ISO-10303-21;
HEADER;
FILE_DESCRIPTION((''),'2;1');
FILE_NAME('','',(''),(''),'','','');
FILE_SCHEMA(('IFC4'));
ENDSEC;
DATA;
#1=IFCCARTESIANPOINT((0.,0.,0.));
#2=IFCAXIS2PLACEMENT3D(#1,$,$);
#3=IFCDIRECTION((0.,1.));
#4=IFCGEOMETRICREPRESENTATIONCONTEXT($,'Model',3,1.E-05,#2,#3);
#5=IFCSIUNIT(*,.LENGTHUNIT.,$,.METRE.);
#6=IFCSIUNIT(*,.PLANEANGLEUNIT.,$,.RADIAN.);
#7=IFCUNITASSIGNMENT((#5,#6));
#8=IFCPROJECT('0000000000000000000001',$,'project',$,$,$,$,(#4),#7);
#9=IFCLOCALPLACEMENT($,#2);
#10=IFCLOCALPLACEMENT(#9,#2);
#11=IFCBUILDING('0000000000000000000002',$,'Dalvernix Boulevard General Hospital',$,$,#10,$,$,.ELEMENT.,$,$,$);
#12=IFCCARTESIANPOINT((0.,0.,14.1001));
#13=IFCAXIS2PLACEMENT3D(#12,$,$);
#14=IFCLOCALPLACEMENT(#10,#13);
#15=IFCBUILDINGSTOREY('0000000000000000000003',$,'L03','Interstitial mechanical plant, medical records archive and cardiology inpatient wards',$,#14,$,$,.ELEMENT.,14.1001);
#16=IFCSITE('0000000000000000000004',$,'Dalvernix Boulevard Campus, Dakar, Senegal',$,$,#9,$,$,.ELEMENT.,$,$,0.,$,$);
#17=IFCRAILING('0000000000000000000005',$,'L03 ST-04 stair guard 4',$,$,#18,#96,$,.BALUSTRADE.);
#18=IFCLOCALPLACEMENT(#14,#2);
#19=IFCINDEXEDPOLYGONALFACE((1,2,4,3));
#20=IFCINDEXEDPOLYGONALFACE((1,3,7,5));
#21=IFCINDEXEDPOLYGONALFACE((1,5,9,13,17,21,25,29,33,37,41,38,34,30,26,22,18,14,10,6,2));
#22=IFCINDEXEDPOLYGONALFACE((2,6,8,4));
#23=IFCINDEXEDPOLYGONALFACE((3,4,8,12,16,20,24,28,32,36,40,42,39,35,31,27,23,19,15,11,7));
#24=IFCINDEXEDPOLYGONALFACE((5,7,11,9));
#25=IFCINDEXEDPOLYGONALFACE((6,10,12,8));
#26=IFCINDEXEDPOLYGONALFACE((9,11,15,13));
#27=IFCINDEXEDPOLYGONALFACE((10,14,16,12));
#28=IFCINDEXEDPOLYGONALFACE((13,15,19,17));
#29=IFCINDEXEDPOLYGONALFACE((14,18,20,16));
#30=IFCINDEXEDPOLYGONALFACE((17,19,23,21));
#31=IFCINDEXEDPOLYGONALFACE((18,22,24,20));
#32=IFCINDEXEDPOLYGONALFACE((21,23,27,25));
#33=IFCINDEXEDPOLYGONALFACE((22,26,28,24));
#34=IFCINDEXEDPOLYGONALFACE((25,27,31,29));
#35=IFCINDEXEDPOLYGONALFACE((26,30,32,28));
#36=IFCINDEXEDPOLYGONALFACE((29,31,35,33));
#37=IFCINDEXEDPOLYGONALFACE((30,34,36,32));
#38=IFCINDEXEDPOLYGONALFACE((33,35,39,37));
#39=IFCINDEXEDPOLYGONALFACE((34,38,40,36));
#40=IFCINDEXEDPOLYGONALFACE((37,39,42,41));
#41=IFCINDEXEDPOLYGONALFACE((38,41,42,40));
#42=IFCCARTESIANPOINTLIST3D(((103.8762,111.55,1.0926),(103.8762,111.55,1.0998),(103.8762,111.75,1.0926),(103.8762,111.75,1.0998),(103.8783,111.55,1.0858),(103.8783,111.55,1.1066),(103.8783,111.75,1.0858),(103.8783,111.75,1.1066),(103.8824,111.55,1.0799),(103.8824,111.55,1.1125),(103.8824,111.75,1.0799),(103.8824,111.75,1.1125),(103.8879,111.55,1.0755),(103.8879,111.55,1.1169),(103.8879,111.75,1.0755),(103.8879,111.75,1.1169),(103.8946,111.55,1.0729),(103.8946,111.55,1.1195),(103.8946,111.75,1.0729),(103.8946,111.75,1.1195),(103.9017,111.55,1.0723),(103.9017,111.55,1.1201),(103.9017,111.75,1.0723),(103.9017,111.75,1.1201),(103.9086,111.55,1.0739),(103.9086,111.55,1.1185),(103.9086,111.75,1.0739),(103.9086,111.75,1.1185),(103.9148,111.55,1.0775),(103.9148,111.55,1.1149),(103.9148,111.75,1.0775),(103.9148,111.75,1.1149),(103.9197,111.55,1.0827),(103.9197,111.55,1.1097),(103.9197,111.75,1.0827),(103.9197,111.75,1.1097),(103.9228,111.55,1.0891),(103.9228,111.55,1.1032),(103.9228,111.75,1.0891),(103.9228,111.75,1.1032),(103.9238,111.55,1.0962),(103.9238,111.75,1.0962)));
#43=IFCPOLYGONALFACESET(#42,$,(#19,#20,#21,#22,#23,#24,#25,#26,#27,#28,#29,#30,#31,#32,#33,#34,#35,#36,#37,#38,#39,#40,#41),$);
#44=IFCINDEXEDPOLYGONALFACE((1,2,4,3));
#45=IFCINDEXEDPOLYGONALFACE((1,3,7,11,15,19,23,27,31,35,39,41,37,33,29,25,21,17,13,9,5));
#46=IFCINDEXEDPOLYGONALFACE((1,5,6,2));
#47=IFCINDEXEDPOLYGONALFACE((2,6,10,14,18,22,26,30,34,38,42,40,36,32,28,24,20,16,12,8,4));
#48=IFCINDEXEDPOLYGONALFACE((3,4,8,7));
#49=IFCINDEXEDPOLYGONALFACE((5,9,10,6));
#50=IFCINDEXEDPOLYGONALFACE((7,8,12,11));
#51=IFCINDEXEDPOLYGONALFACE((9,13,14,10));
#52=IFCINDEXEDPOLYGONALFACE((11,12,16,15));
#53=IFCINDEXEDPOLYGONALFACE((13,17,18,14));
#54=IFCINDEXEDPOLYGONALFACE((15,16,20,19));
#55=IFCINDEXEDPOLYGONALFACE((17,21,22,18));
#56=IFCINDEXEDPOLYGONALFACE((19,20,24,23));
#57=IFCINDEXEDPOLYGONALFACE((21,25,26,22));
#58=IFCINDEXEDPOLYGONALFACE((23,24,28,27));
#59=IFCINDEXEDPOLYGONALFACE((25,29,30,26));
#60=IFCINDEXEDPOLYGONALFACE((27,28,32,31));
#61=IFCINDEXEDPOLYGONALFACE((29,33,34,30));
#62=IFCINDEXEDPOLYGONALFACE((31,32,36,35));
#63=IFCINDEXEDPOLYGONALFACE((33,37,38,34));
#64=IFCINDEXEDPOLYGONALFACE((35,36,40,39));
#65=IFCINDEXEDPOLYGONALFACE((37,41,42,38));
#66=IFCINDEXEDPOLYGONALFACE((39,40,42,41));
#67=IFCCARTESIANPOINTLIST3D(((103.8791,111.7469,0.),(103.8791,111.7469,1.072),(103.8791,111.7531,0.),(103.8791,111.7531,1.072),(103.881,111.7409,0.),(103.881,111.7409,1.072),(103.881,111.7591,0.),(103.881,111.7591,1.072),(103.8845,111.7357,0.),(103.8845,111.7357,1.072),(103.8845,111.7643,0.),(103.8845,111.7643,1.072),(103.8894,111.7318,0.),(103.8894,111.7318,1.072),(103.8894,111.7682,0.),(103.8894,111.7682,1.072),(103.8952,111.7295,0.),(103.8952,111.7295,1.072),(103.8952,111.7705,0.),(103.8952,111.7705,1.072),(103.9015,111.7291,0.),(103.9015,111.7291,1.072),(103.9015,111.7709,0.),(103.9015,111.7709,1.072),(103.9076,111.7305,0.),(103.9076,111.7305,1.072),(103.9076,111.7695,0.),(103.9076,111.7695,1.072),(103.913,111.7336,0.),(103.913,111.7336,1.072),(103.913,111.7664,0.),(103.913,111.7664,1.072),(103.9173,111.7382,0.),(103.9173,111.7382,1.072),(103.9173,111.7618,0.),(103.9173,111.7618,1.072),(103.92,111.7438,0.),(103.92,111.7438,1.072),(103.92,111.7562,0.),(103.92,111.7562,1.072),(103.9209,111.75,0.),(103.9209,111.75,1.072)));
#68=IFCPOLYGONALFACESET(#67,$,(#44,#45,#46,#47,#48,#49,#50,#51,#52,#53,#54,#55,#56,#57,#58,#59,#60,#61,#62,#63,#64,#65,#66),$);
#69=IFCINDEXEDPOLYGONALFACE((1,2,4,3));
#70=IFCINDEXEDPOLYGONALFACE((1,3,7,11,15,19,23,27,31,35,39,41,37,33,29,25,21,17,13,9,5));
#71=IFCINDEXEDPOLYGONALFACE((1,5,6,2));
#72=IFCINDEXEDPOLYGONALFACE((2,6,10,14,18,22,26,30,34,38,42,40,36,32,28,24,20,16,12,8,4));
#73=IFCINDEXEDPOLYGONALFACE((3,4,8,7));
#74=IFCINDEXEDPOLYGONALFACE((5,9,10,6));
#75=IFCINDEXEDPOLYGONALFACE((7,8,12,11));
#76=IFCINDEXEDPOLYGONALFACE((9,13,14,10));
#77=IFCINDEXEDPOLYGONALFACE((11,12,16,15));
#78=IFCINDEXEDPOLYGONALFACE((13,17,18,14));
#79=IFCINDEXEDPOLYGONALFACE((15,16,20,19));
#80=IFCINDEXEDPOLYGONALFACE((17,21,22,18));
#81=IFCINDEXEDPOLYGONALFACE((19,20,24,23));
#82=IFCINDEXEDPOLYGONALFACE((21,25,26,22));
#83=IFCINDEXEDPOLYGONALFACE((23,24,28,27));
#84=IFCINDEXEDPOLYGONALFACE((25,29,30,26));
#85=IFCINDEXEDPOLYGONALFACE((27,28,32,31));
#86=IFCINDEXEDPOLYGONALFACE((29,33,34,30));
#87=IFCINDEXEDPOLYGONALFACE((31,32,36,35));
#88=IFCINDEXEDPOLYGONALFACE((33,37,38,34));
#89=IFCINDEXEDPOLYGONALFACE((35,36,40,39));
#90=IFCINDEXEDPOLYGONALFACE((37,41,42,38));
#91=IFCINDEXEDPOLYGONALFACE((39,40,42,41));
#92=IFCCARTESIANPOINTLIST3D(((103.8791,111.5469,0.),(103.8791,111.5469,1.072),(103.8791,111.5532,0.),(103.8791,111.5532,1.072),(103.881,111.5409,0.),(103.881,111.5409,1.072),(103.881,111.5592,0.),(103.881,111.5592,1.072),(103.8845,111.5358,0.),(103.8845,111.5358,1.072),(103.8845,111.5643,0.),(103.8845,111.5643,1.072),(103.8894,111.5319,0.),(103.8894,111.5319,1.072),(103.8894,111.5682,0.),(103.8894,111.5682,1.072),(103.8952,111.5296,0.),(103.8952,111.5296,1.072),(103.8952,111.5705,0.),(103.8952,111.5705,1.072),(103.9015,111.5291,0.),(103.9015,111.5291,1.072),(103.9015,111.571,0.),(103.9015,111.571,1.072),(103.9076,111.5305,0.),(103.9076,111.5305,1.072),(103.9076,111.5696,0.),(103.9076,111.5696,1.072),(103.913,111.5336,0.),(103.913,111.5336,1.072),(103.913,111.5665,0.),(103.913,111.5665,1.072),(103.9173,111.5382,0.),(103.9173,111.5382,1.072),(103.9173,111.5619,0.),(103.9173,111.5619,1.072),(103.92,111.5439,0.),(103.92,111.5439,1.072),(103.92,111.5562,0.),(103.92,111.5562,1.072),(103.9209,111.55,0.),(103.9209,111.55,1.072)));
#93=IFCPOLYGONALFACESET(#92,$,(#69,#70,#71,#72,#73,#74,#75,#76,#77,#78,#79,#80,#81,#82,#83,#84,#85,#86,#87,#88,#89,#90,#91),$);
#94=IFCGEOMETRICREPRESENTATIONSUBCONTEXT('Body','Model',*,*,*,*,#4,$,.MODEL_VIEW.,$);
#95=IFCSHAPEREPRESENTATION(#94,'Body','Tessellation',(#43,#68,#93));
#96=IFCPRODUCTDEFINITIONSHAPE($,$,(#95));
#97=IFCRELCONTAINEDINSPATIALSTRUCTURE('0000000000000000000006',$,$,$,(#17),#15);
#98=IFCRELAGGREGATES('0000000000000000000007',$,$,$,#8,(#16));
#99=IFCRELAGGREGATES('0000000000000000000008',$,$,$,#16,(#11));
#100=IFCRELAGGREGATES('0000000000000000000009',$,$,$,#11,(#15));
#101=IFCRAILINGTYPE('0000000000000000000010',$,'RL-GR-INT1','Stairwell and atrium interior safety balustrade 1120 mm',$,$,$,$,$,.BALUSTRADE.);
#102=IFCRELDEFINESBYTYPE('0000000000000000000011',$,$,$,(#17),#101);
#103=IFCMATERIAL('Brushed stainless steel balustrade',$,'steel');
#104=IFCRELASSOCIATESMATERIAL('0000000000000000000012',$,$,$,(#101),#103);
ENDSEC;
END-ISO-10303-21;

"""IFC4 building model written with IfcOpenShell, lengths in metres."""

from ifc_helpers import new_model, si_unit, direction, frame, origin, origin_2d, place, context, subcontext, project, spatial, circle, extrude, material, type_object, element, save


model = new_model("IFC4")

# Units and contexts
model_context = context("Model", 3, precision=1e-05, world=origin(), true_north=direction((0.0, 1.0)))
body_context = subcontext(model_context, "Body", "Model", "MODEL_VIEW")
ifc_project = project(units=[si_unit("LENGTHUNIT", "METRE"), si_unit("PLANEANGLEUNIT", "RADIAN")], contexts=[model_context])

# Site, building, storey
site_placement = place(None, origin())
site = spatial("IfcSite", under=ifc_project, at=site_placement, Name="Dalvernix Boulevard Campus, Dakar, Senegal", CompositionType="ELEMENT", RefElevation=0.0)
building_placement = place(site_placement, origin())
building = spatial("IfcBuilding", under=site, at=building_placement, Name="Dalvernix Boulevard General Hospital", CompositionType="ELEMENT")
storey_placement = place(building_placement, frame((0.0, 0.0, 14.1001)))
storey = spatial("IfcBuildingStorey", under=building, at=storey_placement, Name="L03", Description="Interstitial mechanical plant, medical records archive and cardiology inpatient wards", CompositionType="ELEMENT", Elevation=14.1001)

# Railing
ifc_material_1 = material(Name="Brushed stainless steel balustrade", Category="steel")
railing_type_1 = type_object("IfcRailingType", Name="RL-GR-INT1", Description="Stairwell and atrium interior safety balustrade 1120 mm", PredefinedType="BALUSTRADE", material=ifc_material_1)
railing_1_placement = place(storey_placement, frame((103.8999, 111.75, 0.0)))
element("IfcRailing", 1, at=railing_1_placement, inside=storey, type_object=railing_type_1, Name="L03 ST-04 stair guard 4", PredefinedType="BALUSTRADE", context=body_context, shape_type="SweptSolid", body=[
    extrude(circle(Radius=0.0239, at=origin_2d()), frame((0.0, 0.0, 1.0962), z_axis=(0.0, -1.0, 0.0), x_axis=(1.0, 0.0, 0.0)), (0.0, 0.0, 1.0), 0.2),
    extrude(circle(Radius=0.021, at=origin_2d()), origin(), (0.0, 0.0, 1.0), 1.072),
    extrude(circle(Radius=0.021, at=origin_2d()), frame((0.0, -0.2, 0.0)), (0.0, 0.0, 1.0), 1.072),
])

save(model, "model.ifc")
